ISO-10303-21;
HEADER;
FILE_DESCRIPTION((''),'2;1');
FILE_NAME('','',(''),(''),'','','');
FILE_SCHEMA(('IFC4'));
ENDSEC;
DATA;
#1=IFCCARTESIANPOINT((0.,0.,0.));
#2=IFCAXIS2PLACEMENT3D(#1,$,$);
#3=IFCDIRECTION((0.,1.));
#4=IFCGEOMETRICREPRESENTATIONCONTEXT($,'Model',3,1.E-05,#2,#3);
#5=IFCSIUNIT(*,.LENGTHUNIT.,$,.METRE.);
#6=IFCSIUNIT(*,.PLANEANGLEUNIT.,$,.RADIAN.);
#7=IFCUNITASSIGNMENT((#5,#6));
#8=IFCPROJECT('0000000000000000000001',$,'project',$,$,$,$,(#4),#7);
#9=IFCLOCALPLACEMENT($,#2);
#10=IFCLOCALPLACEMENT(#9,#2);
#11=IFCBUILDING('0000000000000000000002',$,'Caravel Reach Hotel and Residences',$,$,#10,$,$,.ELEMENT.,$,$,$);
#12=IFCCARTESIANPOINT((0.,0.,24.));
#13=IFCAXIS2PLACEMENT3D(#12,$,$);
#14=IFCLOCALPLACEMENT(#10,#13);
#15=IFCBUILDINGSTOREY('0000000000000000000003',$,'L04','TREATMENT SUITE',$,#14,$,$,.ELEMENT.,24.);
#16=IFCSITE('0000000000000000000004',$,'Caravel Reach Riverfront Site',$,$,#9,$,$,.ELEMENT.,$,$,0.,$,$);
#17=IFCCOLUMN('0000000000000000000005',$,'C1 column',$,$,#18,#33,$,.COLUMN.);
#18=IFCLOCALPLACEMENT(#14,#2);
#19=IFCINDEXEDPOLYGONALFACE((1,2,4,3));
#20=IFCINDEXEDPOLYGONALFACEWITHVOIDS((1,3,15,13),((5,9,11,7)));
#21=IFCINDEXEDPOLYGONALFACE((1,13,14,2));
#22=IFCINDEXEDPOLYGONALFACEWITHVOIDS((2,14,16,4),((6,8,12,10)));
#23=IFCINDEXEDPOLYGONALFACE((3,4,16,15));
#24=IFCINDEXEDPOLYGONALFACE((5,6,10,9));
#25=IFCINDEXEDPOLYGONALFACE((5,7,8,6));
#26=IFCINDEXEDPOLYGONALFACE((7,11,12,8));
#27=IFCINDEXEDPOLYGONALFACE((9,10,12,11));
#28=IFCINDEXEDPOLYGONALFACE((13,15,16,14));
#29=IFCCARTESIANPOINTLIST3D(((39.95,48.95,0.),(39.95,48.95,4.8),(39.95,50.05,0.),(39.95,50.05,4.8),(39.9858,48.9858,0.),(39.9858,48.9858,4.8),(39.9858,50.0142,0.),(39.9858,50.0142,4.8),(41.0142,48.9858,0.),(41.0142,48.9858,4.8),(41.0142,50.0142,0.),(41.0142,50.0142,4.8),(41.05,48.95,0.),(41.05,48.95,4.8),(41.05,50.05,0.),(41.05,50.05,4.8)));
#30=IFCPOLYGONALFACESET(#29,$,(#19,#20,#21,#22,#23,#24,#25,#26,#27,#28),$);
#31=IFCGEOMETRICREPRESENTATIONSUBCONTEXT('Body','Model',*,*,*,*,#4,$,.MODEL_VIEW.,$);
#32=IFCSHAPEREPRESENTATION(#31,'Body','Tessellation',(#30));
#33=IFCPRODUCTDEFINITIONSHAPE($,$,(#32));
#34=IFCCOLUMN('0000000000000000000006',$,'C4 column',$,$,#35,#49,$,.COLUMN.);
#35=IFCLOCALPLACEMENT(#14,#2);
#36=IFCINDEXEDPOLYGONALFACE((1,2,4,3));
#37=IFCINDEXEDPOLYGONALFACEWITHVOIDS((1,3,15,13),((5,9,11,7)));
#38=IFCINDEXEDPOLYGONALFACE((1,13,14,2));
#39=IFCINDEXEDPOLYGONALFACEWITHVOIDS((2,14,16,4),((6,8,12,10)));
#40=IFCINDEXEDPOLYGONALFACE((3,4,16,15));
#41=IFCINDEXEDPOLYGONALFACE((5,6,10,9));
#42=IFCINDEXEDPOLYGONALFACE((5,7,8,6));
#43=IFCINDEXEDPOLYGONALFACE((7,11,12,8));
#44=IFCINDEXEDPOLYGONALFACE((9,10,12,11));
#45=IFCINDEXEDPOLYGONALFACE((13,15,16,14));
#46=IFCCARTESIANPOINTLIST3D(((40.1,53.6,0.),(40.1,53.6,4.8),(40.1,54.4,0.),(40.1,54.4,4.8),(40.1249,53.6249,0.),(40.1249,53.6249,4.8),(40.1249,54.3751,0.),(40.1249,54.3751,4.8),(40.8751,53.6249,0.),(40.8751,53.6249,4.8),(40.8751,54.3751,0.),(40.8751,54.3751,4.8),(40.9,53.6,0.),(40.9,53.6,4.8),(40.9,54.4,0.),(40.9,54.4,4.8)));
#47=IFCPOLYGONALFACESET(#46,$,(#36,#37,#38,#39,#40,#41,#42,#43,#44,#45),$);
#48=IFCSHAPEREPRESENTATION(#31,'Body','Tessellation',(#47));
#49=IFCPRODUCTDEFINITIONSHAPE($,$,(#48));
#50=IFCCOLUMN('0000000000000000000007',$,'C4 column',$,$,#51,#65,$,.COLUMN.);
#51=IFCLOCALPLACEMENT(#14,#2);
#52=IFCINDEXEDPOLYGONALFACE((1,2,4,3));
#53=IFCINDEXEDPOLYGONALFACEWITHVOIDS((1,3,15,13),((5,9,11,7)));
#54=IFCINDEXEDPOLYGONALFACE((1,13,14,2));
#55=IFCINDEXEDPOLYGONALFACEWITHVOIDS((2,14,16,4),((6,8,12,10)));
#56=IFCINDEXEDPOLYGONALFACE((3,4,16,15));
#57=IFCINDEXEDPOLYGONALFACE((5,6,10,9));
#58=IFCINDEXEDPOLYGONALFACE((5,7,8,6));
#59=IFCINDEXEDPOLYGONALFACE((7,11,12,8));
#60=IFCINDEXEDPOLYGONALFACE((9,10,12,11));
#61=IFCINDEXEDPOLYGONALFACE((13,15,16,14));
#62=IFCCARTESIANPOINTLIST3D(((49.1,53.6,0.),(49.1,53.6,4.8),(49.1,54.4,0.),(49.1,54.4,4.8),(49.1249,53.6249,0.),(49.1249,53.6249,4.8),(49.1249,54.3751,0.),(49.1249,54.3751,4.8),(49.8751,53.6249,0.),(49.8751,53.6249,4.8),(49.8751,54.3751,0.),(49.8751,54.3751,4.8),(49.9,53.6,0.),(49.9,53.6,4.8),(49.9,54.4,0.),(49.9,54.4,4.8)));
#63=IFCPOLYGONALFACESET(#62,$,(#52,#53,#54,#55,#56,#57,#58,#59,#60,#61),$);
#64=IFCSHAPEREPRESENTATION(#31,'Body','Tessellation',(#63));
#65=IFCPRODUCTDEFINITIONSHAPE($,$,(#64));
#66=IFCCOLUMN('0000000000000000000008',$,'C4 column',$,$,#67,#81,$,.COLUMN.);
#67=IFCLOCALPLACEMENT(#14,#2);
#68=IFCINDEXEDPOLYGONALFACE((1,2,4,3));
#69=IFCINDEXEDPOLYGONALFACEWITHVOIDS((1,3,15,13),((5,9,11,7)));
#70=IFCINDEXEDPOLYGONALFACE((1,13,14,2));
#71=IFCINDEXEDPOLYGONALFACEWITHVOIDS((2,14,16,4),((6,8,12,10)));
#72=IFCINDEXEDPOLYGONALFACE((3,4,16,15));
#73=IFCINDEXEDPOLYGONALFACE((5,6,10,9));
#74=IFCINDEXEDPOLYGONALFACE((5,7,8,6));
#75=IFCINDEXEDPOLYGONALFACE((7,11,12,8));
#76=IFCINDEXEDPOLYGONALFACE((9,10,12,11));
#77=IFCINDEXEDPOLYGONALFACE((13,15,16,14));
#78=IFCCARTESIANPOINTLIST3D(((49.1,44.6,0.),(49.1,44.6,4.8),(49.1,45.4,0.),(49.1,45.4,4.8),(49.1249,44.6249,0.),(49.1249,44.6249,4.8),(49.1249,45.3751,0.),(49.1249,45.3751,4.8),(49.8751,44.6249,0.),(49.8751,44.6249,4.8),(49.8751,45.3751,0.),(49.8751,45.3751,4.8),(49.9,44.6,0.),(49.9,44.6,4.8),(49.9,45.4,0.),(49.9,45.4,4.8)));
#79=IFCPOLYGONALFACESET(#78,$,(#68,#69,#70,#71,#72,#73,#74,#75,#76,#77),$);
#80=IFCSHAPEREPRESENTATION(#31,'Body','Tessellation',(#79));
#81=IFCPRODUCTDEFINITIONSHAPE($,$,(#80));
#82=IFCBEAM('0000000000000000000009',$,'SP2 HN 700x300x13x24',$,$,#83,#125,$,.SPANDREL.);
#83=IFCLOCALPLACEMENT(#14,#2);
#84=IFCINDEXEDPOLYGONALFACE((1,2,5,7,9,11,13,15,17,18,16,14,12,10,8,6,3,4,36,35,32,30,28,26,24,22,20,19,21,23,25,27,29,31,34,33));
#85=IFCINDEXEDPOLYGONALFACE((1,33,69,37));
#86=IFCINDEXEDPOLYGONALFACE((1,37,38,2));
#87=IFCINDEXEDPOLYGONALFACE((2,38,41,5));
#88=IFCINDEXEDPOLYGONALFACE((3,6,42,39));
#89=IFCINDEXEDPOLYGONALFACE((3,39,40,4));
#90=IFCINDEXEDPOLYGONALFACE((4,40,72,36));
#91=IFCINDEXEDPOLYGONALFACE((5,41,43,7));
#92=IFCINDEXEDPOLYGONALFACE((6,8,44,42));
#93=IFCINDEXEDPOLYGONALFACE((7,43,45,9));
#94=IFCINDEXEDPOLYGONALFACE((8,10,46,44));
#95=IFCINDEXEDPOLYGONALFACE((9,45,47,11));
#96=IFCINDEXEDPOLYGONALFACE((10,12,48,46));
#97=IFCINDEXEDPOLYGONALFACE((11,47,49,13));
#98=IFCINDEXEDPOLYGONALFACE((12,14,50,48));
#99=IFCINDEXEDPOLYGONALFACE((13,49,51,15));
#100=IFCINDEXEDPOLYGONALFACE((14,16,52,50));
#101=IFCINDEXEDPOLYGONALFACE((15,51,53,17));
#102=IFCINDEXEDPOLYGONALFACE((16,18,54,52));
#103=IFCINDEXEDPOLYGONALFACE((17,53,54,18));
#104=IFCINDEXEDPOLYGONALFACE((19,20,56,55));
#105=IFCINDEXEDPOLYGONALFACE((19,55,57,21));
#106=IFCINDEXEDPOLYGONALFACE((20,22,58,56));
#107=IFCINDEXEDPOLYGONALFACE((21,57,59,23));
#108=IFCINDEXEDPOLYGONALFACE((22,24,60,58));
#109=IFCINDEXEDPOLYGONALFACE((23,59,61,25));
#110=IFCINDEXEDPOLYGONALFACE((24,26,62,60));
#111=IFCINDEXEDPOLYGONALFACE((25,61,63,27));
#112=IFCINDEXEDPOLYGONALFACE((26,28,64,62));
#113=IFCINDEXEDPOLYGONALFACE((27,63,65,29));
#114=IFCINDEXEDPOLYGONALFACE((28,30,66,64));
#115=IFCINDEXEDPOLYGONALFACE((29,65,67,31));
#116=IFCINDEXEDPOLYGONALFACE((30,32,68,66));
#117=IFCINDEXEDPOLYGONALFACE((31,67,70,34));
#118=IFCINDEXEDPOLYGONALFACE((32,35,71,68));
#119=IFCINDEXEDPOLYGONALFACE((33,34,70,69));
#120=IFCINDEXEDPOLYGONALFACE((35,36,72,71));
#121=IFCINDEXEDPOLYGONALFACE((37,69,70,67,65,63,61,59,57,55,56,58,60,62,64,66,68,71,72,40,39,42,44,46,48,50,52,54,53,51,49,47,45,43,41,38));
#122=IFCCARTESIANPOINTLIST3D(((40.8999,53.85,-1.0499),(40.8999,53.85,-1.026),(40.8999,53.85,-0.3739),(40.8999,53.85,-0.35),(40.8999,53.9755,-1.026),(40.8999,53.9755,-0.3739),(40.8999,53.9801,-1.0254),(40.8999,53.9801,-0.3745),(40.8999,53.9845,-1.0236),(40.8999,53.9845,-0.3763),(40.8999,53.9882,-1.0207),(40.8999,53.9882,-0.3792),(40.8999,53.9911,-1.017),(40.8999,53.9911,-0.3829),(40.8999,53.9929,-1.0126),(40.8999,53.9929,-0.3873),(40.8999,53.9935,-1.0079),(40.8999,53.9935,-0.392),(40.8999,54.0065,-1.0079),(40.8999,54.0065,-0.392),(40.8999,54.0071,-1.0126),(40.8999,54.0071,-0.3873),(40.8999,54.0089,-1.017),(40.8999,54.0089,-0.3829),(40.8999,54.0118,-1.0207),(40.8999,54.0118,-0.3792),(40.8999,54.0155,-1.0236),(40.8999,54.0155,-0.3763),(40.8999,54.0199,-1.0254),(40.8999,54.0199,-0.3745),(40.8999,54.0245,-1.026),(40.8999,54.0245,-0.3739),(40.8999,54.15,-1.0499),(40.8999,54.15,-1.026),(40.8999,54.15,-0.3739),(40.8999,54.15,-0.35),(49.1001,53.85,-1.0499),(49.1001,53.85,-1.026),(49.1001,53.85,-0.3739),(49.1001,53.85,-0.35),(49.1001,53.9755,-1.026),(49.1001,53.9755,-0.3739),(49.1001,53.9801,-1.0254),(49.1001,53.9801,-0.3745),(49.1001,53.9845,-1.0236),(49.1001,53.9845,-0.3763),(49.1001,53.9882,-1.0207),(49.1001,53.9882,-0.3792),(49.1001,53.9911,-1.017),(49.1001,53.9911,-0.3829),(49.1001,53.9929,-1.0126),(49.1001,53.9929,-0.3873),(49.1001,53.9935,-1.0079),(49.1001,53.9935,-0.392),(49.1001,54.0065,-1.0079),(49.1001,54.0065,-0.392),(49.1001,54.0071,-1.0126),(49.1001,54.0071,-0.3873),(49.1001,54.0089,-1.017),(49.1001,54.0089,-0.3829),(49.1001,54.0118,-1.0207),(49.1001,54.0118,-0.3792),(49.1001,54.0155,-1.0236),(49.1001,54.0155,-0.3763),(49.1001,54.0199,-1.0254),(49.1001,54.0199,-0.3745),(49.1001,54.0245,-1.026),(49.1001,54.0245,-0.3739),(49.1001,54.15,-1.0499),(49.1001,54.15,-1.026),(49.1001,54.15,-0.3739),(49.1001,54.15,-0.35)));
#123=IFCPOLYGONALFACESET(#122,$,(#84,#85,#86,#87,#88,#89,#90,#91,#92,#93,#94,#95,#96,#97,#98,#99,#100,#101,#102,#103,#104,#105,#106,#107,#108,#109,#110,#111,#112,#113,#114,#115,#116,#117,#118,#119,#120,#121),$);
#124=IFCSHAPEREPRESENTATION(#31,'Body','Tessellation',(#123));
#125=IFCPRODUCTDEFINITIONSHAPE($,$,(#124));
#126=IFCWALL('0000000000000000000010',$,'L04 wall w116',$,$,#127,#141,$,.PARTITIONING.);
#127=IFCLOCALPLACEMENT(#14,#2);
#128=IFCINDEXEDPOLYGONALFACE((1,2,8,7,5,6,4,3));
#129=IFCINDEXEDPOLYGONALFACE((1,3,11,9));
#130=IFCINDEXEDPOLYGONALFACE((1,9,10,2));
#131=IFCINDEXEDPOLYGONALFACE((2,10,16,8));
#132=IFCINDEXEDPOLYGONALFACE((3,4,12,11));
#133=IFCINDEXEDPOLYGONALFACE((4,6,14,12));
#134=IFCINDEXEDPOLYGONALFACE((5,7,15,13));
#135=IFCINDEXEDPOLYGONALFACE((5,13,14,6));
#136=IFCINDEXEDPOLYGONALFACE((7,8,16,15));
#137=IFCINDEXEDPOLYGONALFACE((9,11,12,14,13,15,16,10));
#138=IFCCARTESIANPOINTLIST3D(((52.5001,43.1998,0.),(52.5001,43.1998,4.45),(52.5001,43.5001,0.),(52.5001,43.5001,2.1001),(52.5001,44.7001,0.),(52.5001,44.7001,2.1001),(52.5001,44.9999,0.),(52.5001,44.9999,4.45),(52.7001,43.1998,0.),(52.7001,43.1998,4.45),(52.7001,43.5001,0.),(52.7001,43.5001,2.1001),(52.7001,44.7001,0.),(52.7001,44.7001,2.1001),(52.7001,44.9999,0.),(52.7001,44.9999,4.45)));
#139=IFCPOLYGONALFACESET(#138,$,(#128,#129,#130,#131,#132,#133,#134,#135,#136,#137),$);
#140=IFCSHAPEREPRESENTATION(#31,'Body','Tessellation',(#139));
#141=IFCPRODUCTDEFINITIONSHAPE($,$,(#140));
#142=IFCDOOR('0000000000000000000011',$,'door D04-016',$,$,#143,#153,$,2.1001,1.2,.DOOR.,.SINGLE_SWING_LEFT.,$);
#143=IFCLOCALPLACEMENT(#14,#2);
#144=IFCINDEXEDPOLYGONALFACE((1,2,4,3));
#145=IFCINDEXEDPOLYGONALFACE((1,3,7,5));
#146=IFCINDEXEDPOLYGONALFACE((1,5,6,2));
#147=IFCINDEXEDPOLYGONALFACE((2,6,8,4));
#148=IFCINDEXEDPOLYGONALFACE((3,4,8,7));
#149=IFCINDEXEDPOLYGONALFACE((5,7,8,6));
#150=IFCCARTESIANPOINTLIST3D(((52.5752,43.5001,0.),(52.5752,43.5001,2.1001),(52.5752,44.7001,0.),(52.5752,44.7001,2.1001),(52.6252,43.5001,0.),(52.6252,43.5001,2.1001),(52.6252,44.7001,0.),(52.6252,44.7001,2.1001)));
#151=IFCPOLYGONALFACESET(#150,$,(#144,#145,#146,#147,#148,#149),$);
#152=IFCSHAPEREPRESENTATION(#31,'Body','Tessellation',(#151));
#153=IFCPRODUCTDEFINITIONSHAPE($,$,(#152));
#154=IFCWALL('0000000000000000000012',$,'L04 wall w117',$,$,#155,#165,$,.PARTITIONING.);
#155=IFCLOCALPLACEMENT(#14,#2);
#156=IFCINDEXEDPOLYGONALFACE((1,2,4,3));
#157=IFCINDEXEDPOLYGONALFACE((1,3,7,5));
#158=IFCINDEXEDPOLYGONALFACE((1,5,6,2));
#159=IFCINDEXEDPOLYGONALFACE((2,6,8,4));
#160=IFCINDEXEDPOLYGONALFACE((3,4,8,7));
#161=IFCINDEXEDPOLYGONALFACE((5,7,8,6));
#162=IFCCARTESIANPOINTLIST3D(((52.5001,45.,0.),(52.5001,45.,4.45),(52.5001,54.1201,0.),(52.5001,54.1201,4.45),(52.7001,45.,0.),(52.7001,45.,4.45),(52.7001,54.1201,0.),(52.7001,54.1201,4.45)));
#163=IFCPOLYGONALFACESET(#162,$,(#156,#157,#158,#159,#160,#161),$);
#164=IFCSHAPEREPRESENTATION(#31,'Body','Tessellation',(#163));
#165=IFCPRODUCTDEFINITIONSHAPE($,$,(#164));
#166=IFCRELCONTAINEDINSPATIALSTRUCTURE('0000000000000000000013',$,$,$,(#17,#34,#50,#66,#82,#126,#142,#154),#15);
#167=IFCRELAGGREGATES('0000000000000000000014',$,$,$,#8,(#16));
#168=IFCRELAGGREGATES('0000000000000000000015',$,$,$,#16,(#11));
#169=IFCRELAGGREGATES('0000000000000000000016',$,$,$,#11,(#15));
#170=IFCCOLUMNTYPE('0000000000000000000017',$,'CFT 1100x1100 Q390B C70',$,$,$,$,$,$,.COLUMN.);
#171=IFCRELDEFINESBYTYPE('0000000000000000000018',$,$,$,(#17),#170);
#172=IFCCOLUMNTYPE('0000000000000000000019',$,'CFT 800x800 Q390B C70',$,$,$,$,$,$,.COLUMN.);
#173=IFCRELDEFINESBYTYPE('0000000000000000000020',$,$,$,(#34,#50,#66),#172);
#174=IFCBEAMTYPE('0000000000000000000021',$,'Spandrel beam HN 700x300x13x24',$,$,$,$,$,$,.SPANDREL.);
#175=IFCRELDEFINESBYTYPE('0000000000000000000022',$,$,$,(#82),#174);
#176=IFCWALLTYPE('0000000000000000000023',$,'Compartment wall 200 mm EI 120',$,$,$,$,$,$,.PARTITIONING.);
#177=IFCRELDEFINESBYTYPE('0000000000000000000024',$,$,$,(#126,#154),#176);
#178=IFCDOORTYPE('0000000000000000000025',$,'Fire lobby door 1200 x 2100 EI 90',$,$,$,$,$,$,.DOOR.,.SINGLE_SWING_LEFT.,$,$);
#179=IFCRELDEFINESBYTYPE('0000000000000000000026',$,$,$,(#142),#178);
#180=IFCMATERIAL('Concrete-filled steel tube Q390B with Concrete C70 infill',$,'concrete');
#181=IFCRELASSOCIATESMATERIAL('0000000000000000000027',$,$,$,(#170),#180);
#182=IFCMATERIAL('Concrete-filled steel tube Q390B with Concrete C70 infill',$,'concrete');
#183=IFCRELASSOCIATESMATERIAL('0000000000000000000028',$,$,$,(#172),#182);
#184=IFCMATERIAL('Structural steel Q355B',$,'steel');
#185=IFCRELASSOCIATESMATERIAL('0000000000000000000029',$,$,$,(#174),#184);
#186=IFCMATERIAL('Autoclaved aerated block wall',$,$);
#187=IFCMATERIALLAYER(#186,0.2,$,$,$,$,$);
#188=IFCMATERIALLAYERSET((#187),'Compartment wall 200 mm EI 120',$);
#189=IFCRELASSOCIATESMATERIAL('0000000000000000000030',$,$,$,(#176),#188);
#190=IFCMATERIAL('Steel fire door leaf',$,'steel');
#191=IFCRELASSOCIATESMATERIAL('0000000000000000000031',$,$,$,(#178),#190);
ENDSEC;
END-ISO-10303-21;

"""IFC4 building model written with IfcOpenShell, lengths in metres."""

from ifc_helpers import new_model, si_unit, direction, frame, frame_2d, origin, origin_2d, place, context, subcontext, project, spatial, rectangle, hollow_rectangle, i_section, extrude, material, layer, layer_set, material_profile, profile_set, type_object, element, fill, save


model = new_model("IFC4")

# Units and contexts
model_context = context("Model", 3, precision=1e-05, world=origin(), true_north=direction((0.0, 1.0)))
body_context = subcontext(model_context, "Body", "Model", "MODEL_VIEW")
ifc_project = project(units=[si_unit("LENGTHUNIT", "METRE"), si_unit("PLANEANGLEUNIT", "RADIAN")], contexts=[model_context])

# Site, building, storey
site_placement = place(None, origin())
site = spatial("IfcSite", under=ifc_project, at=site_placement, Name="Caravel Reach Riverfront Site", CompositionType="ELEMENT", RefElevation=0.0)
building_placement = place(site_placement, origin())
building = spatial("IfcBuilding", under=site, at=building_placement, Name="Caravel Reach Hotel and Residences", CompositionType="ELEMENT")
storey_placement = place(building_placement, frame((0.0, 0.0, 24.0)))
storey = spatial("IfcBuildingStorey", under=building, at=storey_placement, Name="L04", Description="TREATMENT SUITE", CompositionType="ELEMENT", Elevation=24.0)

# Columns
ifc_material_1 = material(Name="Concrete-filled steel tube Q390B with Concrete C70 infill", Category="concrete")
ifc_material_profile_1 = material_profile(ifc_material_1, hollow_rectangle(XDim=1.1001, YDim=1.1001, WallThickness=0.0359, at=origin_2d()), Name="RHS 1100x1100x36")
ifc_profile_set_1 = profile_set([ifc_material_profile_1], Name="Concrete-filled steel tube Q390B with Concrete C70 infill")
column_type_1 = type_object("IfcColumnType", Name="CFT 1100x1100 Q390B C70", PredefinedType="COLUMN", material=ifc_profile_set_1)
column_placement = place(storey_placement, frame((40.5, 49.5, 0.0), z_axis=(0.0, 0.0, 1.0), x_axis=(1.0, 0.0, 0.0)))
element("IfcColumn", 1, at=column_placement, inside=storey, type_object=column_type_1, Name="C1 column", PredefinedType="COLUMN", context=body_context, shape_type="SweptSolid", body=[
    extrude(hollow_rectangle(XDim=1.1001, YDim=1.1001, WallThickness=0.0359, at=origin_2d()), origin(), (0.0, 0.0, 1.0), 4.8),
])
ifc_material_2 = material(Name="Concrete-filled steel tube Q390B with Concrete C70 infill", Category="concrete")
ifc_material_profile_2 = material_profile(ifc_material_2, hollow_rectangle(XDim=0.8, YDim=0.8, WallThickness=0.0249, at=origin_2d()), Name="RHS 800x800x25")
ifc_profile_set_2 = profile_set([ifc_material_profile_2], Name="Concrete-filled steel tube Q390B with Concrete C70 infill")
column_type_2 = type_object("IfcColumnType", Name="CFT 800x800 Q390B C70", PredefinedType="COLUMN", material=ifc_profile_set_2)
for number, where, z_axis, x_axis, name in (
    (2, (40.5, 54.0, 0.0), (0.0, 0.0, 1.0), (1.0, 0.0, 0.0), "C4 column"),
    (3, (49.5, 54.0, 0.0), (0.0, 0.0, 1.0), (1.0, 0.0, 0.0), "C4 column"),
    (4, (49.5, 45.0, 0.0), (0.0, 0.0, 1.0), (1.0, 0.0, 0.0), "C4 column"),
):
    element("IfcColumn", number, at=place(storey_placement, frame(where, z_axis=z_axis, x_axis=x_axis)), inside=storey, type_object=column_type_2, Name=name, PredefinedType="COLUMN", context=body_context, shape_type="SweptSolid", body=[
        extrude(hollow_rectangle(XDim=0.8, YDim=0.8, WallThickness=0.0249, at=origin_2d()), origin(), (0.0, 0.0, 1.0), 4.8),
    ])

# Beam
ifc_material_3 = material(Name="Structural steel Q355B", Category="steel")
ifc_material_profile_3 = material_profile(ifc_material_3, i_section(OverallWidth=0.3, OverallDepth=0.7, WebThickness=0.0129, FlangeThickness=0.0239, FilletRadius=0.0181, at=origin_2d()), Name="HN 700x300x13x24")
ifc_profile_set_3 = profile_set([ifc_material_profile_3], Name="Structural steel Q355B")
beam_type = type_object("IfcBeamType", Name="Spandrel beam HN 700x300x13x24", PredefinedType="SPANDREL", material=ifc_profile_set_3)
beam_placement = place(storey_placement, frame((49.1001, 54.0, -0.7), z_axis=(-1.0, 0.0, 0.0), x_axis=(0.0, -1.0, 0.0)))
element("IfcBeam", 5, at=beam_placement, inside=storey, type_object=beam_type, Name="SP2 HN 700x300x13x24", PredefinedType="SPANDREL", context=body_context, shape_type="SweptSolid", body=[
    extrude(i_section(OverallWidth=0.3, OverallDepth=0.7, WebThickness=0.0129, FlangeThickness=0.0239, FilletRadius=0.0181, at=origin_2d()), origin(), (0.0, 0.0, 1.0), 8.2002),
])

# Wall, opening, door
ifc_material_4 = material(Name="Autoclaved aerated block wall")
ifc_layer_1 = layer(ifc_material_4, 0.2)
ifc_layer_set_1 = layer_set([ifc_layer_1], Name="Compartment wall 200 mm EI 120")
wall_type_1 = type_object("IfcWallType", Name="Compartment wall 200 mm EI 120", PredefinedType="PARTITIONING", material=ifc_layer_set_1)
wall_1_placement = place(storey_placement, frame((52.6001, 43.2, 0.0), z_axis=(0.0, 0.0, 1.0), x_axis=(0.0, 1.0, 0.0)))
wall_1 = element("IfcWall", 6, at=wall_1_placement, inside=storey, type_object=wall_type_1, Name="L04 wall w116", PredefinedType="PARTITIONING", context=body_context, shape_type="SweptSolid", body=[
    extrude(rectangle(XDim=1.8, YDim=0.2, at=frame_2d((0.8999, 0.0))), origin(), (0.0, 0.0, 1.0), 4.45),
])
opening_1_placement = place(wall_1_placement, frame((0.3, 0.0, 0.0)))
opening_1 = element("IfcOpeningElement", 7, at=opening_1_placement, cuts=wall_1, PredefinedType="OPENING", context=body_context, shape_type="SweptSolid", body=[
    extrude(rectangle(XDim=1.2, YDim=2.1001, at=frame_2d((0.6001, 1.05))), frame((0.0, 0.1099, 0.0), z_axis=(0.0, -1.0, 0.0), x_axis=(1.0, 0.0, 0.0)), (0.0, 0.0, 1.0), 0.22),
])
ifc_material_5 = material(Name="Steel fire door leaf", Category="steel")
door_type_1 = type_object("IfcDoorType", Name="Fire lobby door 1200 x 2100 EI 90", OperationType="SINGLE_SWING_LEFT", PredefinedType="DOOR", material=ifc_material_5)
door_1_placement = place(opening_1_placement, origin())
door_1 = element("IfcDoor", 8, at=door_1_placement, inside=storey, type_object=door_type_1, Name="door D04-016", OperationType="SINGLE_SWING_LEFT", OverallHeight=2.1001, OverallWidth=1.2, PredefinedType="DOOR", context=body_context, shape_type="SweptSolid", body=[
    extrude(rectangle(XDim=1.2, YDim=2.1001, at=frame_2d((0.6001, 1.05))), frame((0.0, 0.0249, 0.0), z_axis=(0.0, -1.0, 0.0), x_axis=(1.0, 0.0, 0.0)), (0.0, 0.0, 1.0), 0.05),
])
fill(opening_1, door_1)

# Wall
wall_2_placement = place(storey_placement, frame((52.6001, 45.0, 0.0), z_axis=(0.0, 0.0, 1.0), x_axis=(0.0, 1.0, 0.0)))
element("IfcWall", 9, at=wall_2_placement, inside=storey, type_object=wall_type_1, Name="L04 wall w117", PredefinedType="PARTITIONING", context=body_context, shape_type="SweptSolid", body=[
    extrude(rectangle(XDim=9.1201, YDim=0.2, at=frame_2d((4.5601, 0.0))), origin(), (0.0, 0.0, 1.0), 4.45),
])

save(model, "model.ifc")
